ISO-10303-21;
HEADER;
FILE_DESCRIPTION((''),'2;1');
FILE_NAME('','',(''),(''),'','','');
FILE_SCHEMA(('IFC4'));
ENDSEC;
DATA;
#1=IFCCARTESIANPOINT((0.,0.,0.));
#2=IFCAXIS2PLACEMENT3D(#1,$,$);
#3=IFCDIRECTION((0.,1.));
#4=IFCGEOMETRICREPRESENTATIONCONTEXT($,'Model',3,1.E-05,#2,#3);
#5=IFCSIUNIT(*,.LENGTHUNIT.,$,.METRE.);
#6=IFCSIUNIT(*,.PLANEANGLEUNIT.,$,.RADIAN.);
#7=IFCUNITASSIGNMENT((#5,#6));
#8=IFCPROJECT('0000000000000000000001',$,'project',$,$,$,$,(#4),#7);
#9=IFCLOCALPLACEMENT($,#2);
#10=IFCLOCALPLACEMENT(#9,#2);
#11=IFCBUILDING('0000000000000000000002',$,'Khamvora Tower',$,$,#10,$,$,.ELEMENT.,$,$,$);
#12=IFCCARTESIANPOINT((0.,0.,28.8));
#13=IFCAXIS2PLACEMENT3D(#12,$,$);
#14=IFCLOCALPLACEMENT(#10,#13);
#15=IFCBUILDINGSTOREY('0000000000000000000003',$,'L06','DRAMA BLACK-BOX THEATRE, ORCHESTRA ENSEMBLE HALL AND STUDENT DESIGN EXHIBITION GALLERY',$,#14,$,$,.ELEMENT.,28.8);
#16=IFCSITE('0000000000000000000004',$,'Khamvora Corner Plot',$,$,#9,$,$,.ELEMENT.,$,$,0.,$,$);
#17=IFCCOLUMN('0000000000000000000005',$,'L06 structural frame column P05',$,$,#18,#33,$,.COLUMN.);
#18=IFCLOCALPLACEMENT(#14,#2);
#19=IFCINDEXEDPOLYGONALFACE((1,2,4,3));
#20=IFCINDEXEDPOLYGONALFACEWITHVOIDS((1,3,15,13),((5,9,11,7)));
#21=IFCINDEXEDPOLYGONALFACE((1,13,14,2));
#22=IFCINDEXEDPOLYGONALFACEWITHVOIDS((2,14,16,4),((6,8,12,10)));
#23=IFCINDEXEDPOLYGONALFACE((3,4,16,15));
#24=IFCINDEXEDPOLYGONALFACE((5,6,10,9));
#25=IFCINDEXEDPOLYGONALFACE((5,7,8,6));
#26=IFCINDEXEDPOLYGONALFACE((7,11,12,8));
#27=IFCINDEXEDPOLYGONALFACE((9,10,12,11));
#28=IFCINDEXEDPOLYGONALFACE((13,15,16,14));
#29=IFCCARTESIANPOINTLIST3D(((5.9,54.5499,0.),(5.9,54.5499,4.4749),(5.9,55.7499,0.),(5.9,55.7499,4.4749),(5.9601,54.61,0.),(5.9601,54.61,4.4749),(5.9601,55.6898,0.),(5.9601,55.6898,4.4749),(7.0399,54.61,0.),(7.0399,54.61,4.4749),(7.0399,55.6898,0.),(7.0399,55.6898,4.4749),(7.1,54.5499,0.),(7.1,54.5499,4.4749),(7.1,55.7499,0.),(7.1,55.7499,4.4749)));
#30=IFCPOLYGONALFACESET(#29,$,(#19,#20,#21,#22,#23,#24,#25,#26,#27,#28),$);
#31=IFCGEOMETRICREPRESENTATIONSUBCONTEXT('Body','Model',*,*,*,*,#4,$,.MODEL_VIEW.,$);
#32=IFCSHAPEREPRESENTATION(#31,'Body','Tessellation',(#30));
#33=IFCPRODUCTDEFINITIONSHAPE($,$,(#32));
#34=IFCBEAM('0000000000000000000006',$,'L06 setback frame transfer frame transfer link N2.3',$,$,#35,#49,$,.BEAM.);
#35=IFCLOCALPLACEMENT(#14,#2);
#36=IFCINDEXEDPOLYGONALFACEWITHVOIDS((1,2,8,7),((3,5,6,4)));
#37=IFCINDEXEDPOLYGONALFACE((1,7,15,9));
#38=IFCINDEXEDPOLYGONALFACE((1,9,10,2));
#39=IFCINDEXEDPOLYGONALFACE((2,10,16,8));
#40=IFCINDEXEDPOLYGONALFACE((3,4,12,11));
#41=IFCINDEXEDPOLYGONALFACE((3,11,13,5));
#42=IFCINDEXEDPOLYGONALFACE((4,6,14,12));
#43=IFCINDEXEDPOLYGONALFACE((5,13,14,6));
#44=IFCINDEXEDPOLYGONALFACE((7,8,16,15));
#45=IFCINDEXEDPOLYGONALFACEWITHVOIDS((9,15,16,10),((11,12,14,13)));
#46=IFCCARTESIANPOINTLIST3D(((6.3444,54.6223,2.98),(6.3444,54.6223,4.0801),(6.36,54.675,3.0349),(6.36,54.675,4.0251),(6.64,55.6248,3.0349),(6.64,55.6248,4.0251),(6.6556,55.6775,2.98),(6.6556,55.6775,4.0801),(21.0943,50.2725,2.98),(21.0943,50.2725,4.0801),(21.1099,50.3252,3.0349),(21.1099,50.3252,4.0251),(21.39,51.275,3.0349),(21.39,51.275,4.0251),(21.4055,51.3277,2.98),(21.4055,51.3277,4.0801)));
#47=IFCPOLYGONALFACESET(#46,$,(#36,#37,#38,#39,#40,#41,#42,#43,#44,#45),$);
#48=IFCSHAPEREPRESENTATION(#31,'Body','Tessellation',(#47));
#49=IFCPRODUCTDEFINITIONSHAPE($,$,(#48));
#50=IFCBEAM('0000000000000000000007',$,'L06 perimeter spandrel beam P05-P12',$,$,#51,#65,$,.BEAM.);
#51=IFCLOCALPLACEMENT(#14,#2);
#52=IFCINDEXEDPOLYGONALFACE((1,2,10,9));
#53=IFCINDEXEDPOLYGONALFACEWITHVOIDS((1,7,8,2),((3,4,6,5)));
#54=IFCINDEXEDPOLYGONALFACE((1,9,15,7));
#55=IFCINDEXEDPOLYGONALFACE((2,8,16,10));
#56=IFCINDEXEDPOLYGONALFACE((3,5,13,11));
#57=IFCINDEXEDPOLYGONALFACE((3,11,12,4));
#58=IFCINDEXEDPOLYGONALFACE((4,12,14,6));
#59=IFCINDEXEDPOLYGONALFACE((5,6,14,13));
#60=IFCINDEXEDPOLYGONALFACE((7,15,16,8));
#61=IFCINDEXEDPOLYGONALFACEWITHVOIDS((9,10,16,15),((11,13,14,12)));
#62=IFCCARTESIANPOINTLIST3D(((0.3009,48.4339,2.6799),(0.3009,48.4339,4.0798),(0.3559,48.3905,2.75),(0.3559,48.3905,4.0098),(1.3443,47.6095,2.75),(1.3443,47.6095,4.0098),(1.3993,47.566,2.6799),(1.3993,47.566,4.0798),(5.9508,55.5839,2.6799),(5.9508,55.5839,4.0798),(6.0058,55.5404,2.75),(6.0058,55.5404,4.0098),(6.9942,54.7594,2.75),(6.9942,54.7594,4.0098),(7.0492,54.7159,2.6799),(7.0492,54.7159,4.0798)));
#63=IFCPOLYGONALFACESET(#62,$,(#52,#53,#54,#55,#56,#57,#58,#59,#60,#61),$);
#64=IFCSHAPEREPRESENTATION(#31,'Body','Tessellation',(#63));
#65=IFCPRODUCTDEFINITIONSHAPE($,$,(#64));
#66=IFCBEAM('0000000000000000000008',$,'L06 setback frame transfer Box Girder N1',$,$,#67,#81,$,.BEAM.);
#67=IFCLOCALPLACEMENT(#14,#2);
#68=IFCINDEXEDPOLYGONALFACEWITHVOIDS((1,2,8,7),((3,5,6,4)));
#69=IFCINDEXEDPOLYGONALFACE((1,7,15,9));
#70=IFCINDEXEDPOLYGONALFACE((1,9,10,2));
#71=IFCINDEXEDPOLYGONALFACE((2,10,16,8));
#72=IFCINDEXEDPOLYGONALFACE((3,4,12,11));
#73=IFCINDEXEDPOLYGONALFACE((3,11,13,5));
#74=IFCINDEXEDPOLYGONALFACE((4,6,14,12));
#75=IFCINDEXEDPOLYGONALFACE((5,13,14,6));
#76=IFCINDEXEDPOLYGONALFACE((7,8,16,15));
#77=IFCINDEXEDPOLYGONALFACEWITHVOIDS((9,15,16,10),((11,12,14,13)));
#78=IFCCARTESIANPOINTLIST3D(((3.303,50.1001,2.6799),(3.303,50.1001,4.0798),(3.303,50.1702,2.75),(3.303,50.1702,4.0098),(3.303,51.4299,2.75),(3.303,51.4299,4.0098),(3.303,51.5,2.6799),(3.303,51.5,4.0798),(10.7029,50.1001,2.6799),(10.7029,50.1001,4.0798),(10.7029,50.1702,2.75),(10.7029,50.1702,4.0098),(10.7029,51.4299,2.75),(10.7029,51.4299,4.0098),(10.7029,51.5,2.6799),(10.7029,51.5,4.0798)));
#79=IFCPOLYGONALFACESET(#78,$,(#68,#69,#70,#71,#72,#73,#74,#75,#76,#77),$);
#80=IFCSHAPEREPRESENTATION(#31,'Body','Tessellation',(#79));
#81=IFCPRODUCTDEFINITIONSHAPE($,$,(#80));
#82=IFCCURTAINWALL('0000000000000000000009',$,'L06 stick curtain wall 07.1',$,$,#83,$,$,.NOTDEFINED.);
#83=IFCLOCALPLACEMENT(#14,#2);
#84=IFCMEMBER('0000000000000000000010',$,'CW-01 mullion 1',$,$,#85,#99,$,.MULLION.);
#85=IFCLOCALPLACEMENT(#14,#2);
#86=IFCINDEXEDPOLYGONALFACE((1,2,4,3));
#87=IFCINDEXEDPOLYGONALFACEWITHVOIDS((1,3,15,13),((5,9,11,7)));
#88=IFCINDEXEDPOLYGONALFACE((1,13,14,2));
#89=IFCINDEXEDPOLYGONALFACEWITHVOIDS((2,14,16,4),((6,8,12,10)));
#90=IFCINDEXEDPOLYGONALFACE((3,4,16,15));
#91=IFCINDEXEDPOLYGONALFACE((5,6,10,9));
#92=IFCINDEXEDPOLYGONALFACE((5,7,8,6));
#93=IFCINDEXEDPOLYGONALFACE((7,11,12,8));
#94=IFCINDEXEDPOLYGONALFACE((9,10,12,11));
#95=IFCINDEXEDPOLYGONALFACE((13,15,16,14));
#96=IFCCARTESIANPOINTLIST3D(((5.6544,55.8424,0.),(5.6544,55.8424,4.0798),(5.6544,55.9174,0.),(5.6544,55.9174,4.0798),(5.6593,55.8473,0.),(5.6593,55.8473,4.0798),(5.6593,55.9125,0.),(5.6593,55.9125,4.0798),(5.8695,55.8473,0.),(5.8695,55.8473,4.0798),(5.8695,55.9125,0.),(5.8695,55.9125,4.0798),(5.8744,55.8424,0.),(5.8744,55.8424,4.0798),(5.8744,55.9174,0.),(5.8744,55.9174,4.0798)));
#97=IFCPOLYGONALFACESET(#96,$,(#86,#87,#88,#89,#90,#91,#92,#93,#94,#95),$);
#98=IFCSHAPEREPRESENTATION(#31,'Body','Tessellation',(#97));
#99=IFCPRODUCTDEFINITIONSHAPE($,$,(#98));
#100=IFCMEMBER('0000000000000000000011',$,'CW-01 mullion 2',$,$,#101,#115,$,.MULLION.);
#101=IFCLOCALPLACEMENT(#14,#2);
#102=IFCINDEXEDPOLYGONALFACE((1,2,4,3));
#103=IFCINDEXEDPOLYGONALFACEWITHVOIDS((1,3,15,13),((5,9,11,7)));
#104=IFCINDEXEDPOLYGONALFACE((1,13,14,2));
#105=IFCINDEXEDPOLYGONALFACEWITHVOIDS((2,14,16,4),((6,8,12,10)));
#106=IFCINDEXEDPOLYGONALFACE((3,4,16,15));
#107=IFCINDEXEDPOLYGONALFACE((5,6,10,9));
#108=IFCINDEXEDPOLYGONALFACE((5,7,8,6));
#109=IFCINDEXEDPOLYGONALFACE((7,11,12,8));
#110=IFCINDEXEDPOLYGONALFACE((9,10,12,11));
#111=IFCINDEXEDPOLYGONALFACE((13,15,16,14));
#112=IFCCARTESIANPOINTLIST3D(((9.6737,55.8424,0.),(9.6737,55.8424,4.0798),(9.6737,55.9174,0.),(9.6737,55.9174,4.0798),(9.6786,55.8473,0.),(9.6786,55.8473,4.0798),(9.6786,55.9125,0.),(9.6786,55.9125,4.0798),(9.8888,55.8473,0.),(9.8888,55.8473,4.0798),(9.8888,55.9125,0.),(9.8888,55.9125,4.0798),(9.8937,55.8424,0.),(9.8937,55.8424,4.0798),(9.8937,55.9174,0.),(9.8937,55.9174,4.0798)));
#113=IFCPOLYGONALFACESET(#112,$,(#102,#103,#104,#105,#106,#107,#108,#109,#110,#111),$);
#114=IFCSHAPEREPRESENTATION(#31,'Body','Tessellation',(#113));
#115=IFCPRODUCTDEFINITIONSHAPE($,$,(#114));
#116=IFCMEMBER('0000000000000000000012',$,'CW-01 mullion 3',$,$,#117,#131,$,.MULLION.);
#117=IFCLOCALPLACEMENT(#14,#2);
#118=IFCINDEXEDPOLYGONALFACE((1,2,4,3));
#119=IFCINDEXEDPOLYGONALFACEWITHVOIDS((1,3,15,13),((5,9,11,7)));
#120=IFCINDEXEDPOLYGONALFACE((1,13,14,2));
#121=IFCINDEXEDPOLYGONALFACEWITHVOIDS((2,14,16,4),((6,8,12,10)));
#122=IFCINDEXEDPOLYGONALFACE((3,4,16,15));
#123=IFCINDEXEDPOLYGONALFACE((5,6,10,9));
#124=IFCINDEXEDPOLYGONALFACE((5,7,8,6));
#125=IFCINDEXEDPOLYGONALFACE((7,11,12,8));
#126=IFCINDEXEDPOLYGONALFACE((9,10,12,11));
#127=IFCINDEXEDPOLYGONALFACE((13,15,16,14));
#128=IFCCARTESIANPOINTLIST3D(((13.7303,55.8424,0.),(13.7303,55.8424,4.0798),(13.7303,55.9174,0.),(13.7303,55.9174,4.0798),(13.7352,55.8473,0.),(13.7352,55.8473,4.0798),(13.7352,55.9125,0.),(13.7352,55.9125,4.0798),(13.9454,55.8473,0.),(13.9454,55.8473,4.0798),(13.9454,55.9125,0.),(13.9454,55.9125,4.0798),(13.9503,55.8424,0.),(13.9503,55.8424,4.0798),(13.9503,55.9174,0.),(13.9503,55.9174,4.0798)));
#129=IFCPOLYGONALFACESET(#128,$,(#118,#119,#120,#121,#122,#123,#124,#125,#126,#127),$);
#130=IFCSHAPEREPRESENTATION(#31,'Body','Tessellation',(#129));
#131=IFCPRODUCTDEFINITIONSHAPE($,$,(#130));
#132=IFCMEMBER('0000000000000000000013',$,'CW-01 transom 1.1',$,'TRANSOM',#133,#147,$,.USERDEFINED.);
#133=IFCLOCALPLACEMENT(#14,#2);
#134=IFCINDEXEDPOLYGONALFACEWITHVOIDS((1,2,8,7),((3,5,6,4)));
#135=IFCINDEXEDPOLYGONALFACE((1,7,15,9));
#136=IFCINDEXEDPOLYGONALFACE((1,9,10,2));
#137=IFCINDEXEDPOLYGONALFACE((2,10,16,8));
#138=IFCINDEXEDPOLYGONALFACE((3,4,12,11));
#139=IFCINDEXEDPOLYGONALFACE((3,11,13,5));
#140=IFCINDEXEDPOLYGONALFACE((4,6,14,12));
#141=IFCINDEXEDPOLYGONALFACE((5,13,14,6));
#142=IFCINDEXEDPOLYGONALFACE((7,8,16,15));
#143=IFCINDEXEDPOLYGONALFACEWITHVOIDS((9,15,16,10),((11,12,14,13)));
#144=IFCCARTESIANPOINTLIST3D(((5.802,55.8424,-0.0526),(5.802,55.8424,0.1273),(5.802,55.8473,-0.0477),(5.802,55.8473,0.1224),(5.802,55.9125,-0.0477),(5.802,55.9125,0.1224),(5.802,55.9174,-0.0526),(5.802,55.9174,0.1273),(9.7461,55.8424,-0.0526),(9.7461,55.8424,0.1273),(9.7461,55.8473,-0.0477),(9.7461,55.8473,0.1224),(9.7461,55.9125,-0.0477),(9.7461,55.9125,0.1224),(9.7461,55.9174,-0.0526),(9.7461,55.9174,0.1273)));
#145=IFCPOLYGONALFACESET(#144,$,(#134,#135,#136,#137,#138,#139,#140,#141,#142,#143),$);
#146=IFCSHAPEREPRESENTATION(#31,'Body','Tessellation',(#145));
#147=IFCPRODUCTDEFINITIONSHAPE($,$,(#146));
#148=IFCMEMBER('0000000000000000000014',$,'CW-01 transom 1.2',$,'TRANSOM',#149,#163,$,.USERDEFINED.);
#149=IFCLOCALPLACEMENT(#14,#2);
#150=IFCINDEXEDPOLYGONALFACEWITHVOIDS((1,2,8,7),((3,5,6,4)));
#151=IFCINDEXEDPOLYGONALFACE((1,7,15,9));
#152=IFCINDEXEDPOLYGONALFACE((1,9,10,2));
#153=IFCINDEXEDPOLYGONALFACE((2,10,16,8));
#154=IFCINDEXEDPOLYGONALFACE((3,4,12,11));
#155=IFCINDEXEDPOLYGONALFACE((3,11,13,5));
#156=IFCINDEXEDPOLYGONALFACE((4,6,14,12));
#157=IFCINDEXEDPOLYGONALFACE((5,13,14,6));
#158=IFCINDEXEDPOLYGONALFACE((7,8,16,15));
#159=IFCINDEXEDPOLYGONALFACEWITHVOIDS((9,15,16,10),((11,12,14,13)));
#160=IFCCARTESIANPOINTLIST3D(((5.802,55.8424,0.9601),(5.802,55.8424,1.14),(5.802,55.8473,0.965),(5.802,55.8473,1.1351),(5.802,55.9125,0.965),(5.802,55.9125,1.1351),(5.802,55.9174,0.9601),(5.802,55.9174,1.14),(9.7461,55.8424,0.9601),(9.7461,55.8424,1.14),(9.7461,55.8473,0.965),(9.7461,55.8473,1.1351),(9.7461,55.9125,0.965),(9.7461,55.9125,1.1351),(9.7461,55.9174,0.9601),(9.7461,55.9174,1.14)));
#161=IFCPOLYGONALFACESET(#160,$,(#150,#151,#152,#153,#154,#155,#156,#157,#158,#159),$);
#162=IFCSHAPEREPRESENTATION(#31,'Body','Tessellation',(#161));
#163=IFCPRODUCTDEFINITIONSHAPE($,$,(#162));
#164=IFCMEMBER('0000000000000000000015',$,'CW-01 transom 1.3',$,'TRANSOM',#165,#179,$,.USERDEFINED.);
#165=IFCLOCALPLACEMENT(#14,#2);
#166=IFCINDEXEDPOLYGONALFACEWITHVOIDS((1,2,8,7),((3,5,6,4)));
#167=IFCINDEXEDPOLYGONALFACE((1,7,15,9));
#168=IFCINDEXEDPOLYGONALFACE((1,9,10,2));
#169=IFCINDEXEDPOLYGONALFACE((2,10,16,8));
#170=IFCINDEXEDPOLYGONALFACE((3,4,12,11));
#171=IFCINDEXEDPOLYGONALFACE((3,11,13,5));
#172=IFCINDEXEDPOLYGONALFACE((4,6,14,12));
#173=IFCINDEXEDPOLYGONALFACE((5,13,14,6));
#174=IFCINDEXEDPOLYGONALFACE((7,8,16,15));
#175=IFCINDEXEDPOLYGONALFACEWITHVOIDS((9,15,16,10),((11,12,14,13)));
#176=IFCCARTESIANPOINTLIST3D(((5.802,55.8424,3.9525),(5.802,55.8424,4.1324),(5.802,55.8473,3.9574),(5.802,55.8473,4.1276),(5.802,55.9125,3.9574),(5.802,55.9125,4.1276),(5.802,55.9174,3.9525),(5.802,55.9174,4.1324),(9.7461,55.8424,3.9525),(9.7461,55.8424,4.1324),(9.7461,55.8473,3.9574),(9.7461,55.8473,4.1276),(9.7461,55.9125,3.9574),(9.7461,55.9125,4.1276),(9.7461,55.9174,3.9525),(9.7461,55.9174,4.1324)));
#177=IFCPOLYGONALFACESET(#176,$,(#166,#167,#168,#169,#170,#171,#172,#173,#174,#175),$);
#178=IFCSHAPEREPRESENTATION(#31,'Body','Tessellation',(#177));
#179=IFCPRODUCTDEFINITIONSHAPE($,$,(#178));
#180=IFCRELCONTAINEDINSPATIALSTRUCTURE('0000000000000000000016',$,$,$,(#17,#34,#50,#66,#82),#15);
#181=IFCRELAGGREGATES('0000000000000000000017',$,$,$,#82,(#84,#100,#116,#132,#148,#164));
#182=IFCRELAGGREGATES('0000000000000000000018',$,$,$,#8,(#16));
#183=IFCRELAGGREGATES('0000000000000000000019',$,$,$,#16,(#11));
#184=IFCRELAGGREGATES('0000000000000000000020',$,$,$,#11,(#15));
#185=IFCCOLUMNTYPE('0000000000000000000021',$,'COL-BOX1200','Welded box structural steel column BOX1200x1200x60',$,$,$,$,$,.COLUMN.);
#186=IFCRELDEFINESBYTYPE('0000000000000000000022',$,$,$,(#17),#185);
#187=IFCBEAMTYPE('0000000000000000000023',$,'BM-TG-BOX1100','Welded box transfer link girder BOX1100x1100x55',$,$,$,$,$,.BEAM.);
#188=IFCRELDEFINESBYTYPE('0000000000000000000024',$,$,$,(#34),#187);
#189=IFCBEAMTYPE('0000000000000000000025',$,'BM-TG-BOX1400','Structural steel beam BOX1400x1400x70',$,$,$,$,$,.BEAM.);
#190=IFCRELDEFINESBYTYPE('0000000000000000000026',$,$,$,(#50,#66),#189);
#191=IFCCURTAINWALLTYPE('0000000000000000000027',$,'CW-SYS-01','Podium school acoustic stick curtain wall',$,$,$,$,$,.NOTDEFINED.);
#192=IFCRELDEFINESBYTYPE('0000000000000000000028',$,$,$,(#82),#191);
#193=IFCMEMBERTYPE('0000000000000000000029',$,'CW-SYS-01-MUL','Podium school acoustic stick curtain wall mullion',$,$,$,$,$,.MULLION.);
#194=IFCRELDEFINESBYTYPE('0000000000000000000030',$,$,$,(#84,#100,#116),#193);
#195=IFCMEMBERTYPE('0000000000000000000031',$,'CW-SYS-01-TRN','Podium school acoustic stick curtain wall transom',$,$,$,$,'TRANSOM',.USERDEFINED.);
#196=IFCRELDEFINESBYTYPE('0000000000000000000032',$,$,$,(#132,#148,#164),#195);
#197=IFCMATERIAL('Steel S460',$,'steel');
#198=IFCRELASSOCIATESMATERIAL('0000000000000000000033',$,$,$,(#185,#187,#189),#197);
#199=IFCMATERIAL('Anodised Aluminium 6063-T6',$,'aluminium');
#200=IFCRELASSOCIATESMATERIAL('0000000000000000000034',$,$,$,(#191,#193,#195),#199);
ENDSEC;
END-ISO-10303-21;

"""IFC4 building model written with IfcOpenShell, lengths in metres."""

from ifc_helpers import new_model, si_unit, direction, frame, origin, origin_2d, place, context, subcontext, project, spatial, hollow_rectangle, extrude, material, material_profile, profile_set, type_object, element, aggregate, save


model = new_model("IFC4")

# Units and contexts
model_context = context("Model", 3, precision=1e-05, world=origin(), true_north=direction((0.0, 1.0)))
body_context = subcontext(model_context, "Body", "Model", "MODEL_VIEW")
ifc_project = project(units=[si_unit("LENGTHUNIT", "METRE"), si_unit("PLANEANGLEUNIT", "RADIAN")], contexts=[model_context])

# Site, building, storey
site_placement = place(None, origin())
site = spatial("IfcSite", under=ifc_project, at=site_placement, Name="Khamvora Corner Plot", CompositionType="ELEMENT", RefElevation=0.0)
building_placement = place(site_placement, origin())
building = spatial("IfcBuilding", under=site, at=building_placement, Name="Khamvora Tower", CompositionType="ELEMENT")
storey_placement = place(building_placement, frame((0.0, 0.0, 28.8)))
storey = spatial("IfcBuildingStorey", under=building, at=storey_placement, Name="L06", Description="DRAMA BLACK-BOX THEATRE, ORCHESTRA ENSEMBLE HALL AND STUDENT DESIGN EXHIBITION GALLERY", CompositionType="ELEMENT", Elevation=28.8)

# Column
ifc_material_1 = material(Name="Steel S460", Category="steel")
ifc_material_profile_1 = material_profile(ifc_material_1, hollow_rectangle(XDim=1.2, YDim=1.2, WallThickness=0.0601, at=origin_2d()), Name="BOX1200x1200x60")
ifc_profile_set_1 = profile_set([ifc_material_profile_1], Name="Steel S460")
column_type = type_object("IfcColumnType", Name="COL-BOX1200", Description="Welded box structural steel column BOX1200x1200x60", PredefinedType="COLUMN", material=ifc_profile_set_1)
column_placement = place(storey_placement, frame((6.5, 55.1499, 0.0), z_axis=(0.0, 0.0, 1.0), x_axis=(1.0, 0.0, 0.0)))
element("IfcColumn", 1, at=column_placement, inside=storey, type_object=column_type, Name="L06 structural frame column P05", PredefinedType="COLUMN", context=body_context, shape_type="SweptSolid", body=[
    extrude(hollow_rectangle(XDim=1.2, YDim=1.2, WallThickness=0.0601, at=origin_2d()), origin(), (0.0, 0.0, 1.0), 4.4749),
])

# Beams
ifc_material_profile_2 = material_profile(ifc_material_1, hollow_rectangle(XDim=1.1001, YDim=1.1001, WallThickness=0.0549, at=origin_2d()), Name="BOX1100x1100x55")
ifc_profile_set_2 = profile_set([ifc_material_profile_2], Name="Steel S460")
beam_type_1 = type_object("IfcBeamType", Name="BM-TG-BOX1100", Description="Welded box transfer link girder BOX1100x1100x55", PredefinedType="BEAM", material=ifc_profile_set_2)
beam_1_placement = place(storey_placement, frame((6.5, 55.1499, 3.53), z_axis=(0.959161, -0.282862, 0.0), x_axis=(0.282862, 0.959161, 0.0)))
element("IfcBeam", 2, at=beam_1_placement, inside=storey, type_object=beam_type_1, Name="L06 setback frame transfer frame transfer link N2.3", PredefinedType="BEAM", context=body_context, shape_type="SweptSolid", body=[
    extrude(hollow_rectangle(XDim=1.1001, YDim=1.1001, WallThickness=0.0549, at=origin_2d()), origin(), (0.0, 0.0, 1.0), 15.3779),
])
ifc_material_profile_3 = material_profile(ifc_material_1, hollow_rectangle(XDim=1.3999, YDim=1.3999, WallThickness=0.0701, at=origin_2d()), Name="BOX1400x1400x70")
ifc_profile_set_3 = profile_set([ifc_material_profile_3], Name="Steel S460")
beam_type_2 = type_object("IfcBeamType", Name="BM-TG-BOX1400", Description="Structural steel beam BOX1400x1400x70", PredefinedType="BEAM", material=ifc_profile_set_3)
beam_2_placement = place(storey_placement, frame((6.5, 55.1499, 3.3799), z_axis=(-0.619999, -0.784603, 0.0), x_axis=(0.784603, -0.619999, 0.0)))
element("IfcBeam", 3, at=beam_2_placement, inside=storey, type_object=beam_type_2, Name="L06 perimeter spandrel beam P05-P12", PredefinedType="BEAM", context=body_context, shape_type="SweptSolid", body=[
    extrude(hollow_rectangle(XDim=1.3999, YDim=1.3999, WallThickness=0.0701, at=origin_2d()), origin(), (0.0, 0.0, 1.0), 9.1128),
])
beam_3_placement = place(storey_placement, frame((3.303, 50.8, 3.3799), z_axis=(1.0, 0.0, 0.0), x_axis=(0.0, 1.0, 0.0)))
element("IfcBeam", 4, at=beam_3_placement, inside=storey, type_object=beam_type_2, Name="L06 setback frame transfer Box Girder N1", PredefinedType="BEAM", context=body_context, shape_type="SweptSolid", body=[
    extrude(hollow_rectangle(XDim=1.3999, YDim=1.3999, WallThickness=0.0701, at=origin_2d()), origin(), (0.0, 0.0, 1.0), 7.3999),
])

# Curtain wall, members
ifc_material_2 = material(Name="Anodised Aluminium 6063-T6", Category="aluminium")
curtain_wall_type = type_object("IfcCurtainWallType", Name="CW-SYS-01", Description="Podium school acoustic stick curtain wall", PredefinedType="NOTDEFINED", material=ifc_material_2)
curtain_wall_placement = place(storey_placement, origin())
curtain_wall = element("IfcCurtainWall", 5, at=curtain_wall_placement, inside=storey, type_object=curtain_wall_type, Name="L06 stick curtain wall 07.1", PredefinedType="NOTDEFINED")
ifc_material_profile_4 = material_profile(ifc_material_2, hollow_rectangle(XDim=0.075, YDim=0.22, WallThickness=0.0049, at=origin_2d()), Name="MUL75x220x5")
ifc_profile_set_4 = profile_set([ifc_material_profile_4], Name="Anodised Aluminium 6063-T6")
member_type_1 = type_object("IfcMemberType", Name="CW-SYS-01-MUL", Description="Podium school acoustic stick curtain wall mullion", PredefinedType="MULLION", material=ifc_profile_set_4)
member_1_placement = place(storey_placement, frame((5.7644, 55.8799, 0.0), z_axis=(0.0, 0.0, 1.0), x_axis=(0.0, 1.0, 0.0)))
member_1 = element("IfcMember", 6, at=member_1_placement, type_object=member_type_1, Name="CW-01 mullion 1", PredefinedType="MULLION", context=body_context, shape_type="SweptSolid", body=[
    extrude(hollow_rectangle(XDim=0.075, YDim=0.22, WallThickness=0.0049, at=origin_2d()), origin(), (0.0, 0.0, 1.0), 4.0798),
])
member_2_placement = place(storey_placement, frame((9.7837, 55.8799, 0.0), z_axis=(0.0, 0.0, 1.0), x_axis=(0.0, 1.0, 0.0)))
member_2 = element("IfcMember", 7, at=member_2_placement, type_object=member_type_1, Name="CW-01 mullion 2", PredefinedType="MULLION", context=body_context, shape_type="SweptSolid", body=[
    extrude(hollow_rectangle(XDim=0.075, YDim=0.22, WallThickness=0.0049, at=origin_2d()), origin(), (0.0, 0.0, 1.0), 4.0798),
])
member_3_placement = place(storey_placement, frame((13.8403, 55.8799, 0.0), z_axis=(0.0, 0.0, 1.0), x_axis=(0.0, 1.0, 0.0)))
member_3 = element("IfcMember", 8, at=member_3_placement, type_object=member_type_1, Name="CW-01 mullion 3", PredefinedType="MULLION", context=body_context, shape_type="SweptSolid", body=[
    extrude(hollow_rectangle(XDim=0.075, YDim=0.22, WallThickness=0.0049, at=origin_2d()), origin(), (0.0, 0.0, 1.0), 4.0798),
])
ifc_material_profile_5 = material_profile(ifc_material_2, hollow_rectangle(XDim=0.075, YDim=0.1799, WallThickness=0.0049, at=origin_2d()), Name="TRN75x180x5")
ifc_profile_set_5 = profile_set([ifc_material_profile_5], Name="Anodised Aluminium 6063-T6")
member_type_2 = type_object("IfcMemberType", Name="CW-SYS-01-TRN", Description="Podium school acoustic stick curtain wall transom", ElementType="TRANSOM", PredefinedType="USERDEFINED", material=ifc_profile_set_5)
member_4_placement = place(storey_placement, frame((5.802, 55.8799, 0.0374), z_axis=(1.0, 0.0, 0.0), x_axis=(0.0, 1.0, 0.0)))
member_4 = element("IfcMember", 9, at=member_4_placement, type_object=member_type_2, Name="CW-01 transom 1.1", ObjectType="TRANSOM", PredefinedType="USERDEFINED", context=body_context, shape_type="SweptSolid", body=[
    extrude(hollow_rectangle(XDim=0.075, YDim=0.1799, WallThickness=0.0049, at=origin_2d()), origin(), (0.0, 0.0, 1.0), 3.9441),
])
member_5_placement = place(storey_placement, frame((5.802, 55.8799, 1.05), z_axis=(1.0, 0.0, 0.0), x_axis=(0.0, 1.0, 0.0)))
member_5 = element("IfcMember", 10, at=member_5_placement, type_object=member_type_2, Name="CW-01 transom 1.2", ObjectType="TRANSOM", PredefinedType="USERDEFINED", context=body_context, shape_type="SweptSolid", body=[
    extrude(hollow_rectangle(XDim=0.075, YDim=0.1799, WallThickness=0.0049, at=origin_2d()), origin(), (0.0, 0.0, 1.0), 3.9441),
])
member_6_placement = place(storey_placement, frame((5.802, 55.8799, 4.0425), z_axis=(1.0, 0.0, 0.0), x_axis=(0.0, 1.0, 0.0)))
member_6 = element("IfcMember", 11, at=member_6_placement, type_object=member_type_2, Name="CW-01 transom 1.3", ObjectType="TRANSOM", PredefinedType="USERDEFINED", context=body_context, shape_type="SweptSolid", body=[
    extrude(hollow_rectangle(XDim=0.075, YDim=0.1799, WallThickness=0.0049, at=origin_2d()), origin(), (0.0, 0.0, 1.0), 3.9441),
])

aggregate(curtain_wall, [member_1, member_2, member_3, member_4, member_5, member_6])

save(model, "model.ifc")
